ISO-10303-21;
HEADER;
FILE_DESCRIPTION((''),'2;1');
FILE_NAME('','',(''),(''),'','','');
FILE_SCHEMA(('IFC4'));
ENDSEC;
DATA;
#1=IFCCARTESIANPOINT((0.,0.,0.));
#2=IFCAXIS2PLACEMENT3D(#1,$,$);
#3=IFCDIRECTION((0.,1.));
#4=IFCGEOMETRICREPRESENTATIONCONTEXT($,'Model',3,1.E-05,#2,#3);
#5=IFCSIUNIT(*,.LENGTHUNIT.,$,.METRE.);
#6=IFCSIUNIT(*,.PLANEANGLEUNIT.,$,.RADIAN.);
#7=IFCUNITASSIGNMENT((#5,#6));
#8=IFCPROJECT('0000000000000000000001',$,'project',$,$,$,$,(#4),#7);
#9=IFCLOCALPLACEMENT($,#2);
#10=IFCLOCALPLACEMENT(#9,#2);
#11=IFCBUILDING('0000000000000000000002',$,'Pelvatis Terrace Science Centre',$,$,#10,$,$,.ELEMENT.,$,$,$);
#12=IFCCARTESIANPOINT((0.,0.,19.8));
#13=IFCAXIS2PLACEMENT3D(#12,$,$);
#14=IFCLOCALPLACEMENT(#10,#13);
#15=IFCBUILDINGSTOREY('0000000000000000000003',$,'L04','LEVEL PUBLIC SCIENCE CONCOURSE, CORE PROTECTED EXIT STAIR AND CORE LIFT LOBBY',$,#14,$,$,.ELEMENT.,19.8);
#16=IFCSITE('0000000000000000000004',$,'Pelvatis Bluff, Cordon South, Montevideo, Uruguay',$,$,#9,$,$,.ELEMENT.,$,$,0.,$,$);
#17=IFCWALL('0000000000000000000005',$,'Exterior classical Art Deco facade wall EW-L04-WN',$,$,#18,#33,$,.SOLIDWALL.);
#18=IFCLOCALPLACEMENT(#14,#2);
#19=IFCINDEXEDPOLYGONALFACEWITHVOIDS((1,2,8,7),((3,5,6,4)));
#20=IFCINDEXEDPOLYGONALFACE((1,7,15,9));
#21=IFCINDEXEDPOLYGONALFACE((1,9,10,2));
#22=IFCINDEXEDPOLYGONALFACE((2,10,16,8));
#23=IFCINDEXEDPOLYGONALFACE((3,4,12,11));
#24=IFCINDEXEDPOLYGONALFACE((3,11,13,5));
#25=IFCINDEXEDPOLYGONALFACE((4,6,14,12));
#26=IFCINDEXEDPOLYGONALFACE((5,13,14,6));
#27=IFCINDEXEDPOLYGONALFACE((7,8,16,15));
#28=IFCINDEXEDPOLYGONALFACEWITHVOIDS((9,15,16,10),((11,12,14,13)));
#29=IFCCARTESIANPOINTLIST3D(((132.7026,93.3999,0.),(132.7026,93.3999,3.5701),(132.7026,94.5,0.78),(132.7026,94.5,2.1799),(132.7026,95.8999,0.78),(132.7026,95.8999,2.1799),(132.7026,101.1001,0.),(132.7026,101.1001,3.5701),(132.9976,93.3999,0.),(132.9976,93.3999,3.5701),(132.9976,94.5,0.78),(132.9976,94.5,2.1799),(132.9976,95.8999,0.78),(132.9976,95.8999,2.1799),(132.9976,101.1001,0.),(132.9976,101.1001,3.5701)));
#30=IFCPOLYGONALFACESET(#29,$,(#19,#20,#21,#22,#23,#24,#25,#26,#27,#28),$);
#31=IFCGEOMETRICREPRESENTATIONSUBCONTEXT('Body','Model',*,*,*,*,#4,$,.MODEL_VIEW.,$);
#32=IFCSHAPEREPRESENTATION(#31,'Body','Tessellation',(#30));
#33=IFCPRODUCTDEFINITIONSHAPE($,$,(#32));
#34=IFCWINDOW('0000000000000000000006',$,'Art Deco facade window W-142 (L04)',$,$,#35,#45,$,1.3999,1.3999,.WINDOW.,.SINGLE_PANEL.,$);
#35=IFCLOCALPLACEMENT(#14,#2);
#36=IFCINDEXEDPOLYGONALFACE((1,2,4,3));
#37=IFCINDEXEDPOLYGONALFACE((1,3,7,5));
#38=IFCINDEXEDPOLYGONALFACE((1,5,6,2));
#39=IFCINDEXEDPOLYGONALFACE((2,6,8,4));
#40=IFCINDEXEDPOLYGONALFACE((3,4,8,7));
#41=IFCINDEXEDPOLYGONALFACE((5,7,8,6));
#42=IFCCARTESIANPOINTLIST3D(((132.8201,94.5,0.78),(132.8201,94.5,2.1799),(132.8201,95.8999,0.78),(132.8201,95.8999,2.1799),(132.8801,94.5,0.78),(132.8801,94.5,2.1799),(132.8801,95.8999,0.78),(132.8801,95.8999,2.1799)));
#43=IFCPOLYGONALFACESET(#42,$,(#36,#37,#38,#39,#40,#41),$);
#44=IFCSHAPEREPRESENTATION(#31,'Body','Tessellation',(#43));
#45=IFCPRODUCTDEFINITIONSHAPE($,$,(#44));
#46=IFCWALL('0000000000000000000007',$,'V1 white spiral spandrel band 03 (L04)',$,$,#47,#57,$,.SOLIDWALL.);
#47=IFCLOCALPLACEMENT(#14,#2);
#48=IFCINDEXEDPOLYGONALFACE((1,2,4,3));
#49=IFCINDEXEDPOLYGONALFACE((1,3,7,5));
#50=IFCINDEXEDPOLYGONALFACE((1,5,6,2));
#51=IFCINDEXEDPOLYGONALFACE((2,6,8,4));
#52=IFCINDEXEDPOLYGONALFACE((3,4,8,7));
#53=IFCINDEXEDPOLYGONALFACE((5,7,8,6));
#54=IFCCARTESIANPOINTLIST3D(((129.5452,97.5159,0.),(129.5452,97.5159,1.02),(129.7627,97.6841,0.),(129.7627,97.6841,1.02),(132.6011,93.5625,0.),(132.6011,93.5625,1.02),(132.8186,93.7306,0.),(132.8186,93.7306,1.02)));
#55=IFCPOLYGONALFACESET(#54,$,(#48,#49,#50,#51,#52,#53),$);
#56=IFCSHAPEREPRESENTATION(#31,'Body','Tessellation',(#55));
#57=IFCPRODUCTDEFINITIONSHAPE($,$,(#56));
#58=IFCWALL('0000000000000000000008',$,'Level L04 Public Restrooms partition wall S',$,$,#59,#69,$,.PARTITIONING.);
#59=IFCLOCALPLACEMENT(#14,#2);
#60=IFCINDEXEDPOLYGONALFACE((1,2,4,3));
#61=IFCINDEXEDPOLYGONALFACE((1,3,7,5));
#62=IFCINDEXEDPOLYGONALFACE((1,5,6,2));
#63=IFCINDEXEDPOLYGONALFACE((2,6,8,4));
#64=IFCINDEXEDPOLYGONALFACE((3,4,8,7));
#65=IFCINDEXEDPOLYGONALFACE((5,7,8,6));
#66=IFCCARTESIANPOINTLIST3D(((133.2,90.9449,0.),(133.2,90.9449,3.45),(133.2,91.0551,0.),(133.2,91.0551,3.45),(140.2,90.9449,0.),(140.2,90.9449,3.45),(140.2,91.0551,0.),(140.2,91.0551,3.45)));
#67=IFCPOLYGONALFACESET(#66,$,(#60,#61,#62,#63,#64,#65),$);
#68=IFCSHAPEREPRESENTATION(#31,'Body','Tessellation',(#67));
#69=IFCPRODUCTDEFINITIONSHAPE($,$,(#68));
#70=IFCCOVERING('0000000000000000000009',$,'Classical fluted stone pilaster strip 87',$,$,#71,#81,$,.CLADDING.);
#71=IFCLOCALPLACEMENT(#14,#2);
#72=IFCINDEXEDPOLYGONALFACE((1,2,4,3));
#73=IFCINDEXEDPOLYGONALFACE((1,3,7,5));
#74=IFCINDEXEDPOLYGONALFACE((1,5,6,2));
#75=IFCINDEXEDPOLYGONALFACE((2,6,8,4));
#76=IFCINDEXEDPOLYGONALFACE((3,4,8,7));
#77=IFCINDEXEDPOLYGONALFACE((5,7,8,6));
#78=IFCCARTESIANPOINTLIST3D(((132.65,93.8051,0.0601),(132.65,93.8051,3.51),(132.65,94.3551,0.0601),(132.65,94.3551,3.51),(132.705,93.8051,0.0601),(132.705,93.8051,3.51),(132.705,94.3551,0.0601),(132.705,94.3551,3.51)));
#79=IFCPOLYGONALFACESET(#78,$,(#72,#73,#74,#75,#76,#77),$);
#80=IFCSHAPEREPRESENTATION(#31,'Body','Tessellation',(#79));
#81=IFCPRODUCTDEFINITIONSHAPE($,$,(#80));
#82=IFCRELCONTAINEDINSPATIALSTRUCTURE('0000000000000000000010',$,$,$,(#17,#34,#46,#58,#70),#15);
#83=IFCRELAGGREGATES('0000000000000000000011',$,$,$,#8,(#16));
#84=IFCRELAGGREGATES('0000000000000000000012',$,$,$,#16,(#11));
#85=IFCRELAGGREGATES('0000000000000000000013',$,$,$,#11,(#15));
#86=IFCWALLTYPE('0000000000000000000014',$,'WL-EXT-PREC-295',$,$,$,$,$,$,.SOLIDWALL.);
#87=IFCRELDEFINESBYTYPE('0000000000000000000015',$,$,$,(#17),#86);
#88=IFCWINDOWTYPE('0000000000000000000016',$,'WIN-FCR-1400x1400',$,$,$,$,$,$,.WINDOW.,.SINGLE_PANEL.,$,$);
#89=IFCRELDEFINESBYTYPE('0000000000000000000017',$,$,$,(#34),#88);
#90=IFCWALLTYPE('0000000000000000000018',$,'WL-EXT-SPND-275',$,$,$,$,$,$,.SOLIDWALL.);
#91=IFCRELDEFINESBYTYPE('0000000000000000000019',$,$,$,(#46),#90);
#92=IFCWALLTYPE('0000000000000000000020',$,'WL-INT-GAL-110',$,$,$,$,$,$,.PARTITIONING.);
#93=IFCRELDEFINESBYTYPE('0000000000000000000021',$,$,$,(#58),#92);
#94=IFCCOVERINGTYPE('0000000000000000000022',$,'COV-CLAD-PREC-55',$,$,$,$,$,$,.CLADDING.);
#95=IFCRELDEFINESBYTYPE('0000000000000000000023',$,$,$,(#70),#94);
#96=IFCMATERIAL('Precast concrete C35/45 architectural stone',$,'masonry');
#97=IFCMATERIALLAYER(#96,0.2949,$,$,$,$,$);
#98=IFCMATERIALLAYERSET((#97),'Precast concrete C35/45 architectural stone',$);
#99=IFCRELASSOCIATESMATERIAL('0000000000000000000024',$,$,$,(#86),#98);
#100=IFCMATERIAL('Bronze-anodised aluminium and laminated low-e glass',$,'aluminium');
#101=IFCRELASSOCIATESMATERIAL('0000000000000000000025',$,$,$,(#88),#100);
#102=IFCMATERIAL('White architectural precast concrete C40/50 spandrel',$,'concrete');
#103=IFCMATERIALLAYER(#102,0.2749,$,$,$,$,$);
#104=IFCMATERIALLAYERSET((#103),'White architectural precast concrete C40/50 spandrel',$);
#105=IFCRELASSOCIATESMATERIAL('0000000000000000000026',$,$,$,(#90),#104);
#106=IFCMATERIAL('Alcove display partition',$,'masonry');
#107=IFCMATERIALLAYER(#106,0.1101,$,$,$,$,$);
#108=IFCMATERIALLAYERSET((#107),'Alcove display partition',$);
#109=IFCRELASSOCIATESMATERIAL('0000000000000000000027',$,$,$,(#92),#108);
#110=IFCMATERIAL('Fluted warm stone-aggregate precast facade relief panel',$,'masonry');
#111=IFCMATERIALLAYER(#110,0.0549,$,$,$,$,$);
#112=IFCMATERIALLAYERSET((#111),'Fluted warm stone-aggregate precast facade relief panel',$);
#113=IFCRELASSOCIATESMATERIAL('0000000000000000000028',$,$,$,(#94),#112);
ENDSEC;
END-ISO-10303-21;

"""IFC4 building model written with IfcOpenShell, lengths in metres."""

from ifc_helpers import new_model, si_unit, direction, frame, frame_2d, origin, origin_2d, place, context, subcontext, project, spatial, rectangle, extrude, material, layer, layer_set, type_object, element, fill, save


model = new_model("IFC4")

# Units and contexts
model_context = context("Model", 3, precision=1e-05, world=origin(), true_north=direction((0.0, 1.0)))
body_context = subcontext(model_context, "Body", "Model", "MODEL_VIEW")
ifc_project = project(units=[si_unit("LENGTHUNIT", "METRE"), si_unit("PLANEANGLEUNIT", "RADIAN")], contexts=[model_context])

# Site, building, storey
site_placement = place(None, origin())
site = spatial("IfcSite", under=ifc_project, at=site_placement, Name="Pelvatis Bluff, Cordon South, Montevideo, Uruguay", CompositionType="ELEMENT", RefElevation=0.0)
building_placement = place(site_placement, origin())
building = spatial("IfcBuilding", under=site, at=building_placement, Name="Pelvatis Terrace Science Centre", CompositionType="ELEMENT")
storey_placement = place(building_placement, frame((0.0, 0.0, 19.8)))
storey = spatial("IfcBuildingStorey", under=building, at=storey_placement, Name="L04", Description="LEVEL PUBLIC SCIENCE CONCOURSE, CORE PROTECTED EXIT STAIR AND CORE LIFT LOBBY", CompositionType="ELEMENT", Elevation=19.8)

# Wall, opening, window
ifc_material_1 = material(Name="Precast concrete C35/45 architectural stone", Category="masonry")
ifc_layer_1 = layer(ifc_material_1, 0.2949)
ifc_layer_set_1 = layer_set([ifc_layer_1], Name="Precast concrete C35/45 architectural stone")
wall_type_1 = type_object("IfcWallType", Name="WL-EXT-PREC-295", PredefinedType="SOLIDWALL", material=ifc_layer_set_1)
wall_1_placement = place(storey_placement, frame((132.8501, 93.3999, 0.0), z_axis=(0.0, 0.0, 1.0), x_axis=(0.0, 1.0, 0.0)))
wall_1 = element("IfcWall", 1, at=wall_1_placement, inside=storey, type_object=wall_type_1, Name="Exterior classical Art Deco facade wall EW-L04-WN", PredefinedType="SOLIDWALL", context=body_context, shape_type="SweptSolid", body=[
    extrude(rectangle(XDim=7.7002, YDim=0.2949, at=frame_2d((3.8501, 0.0))), origin(), (0.0, 0.0, 1.0), 3.5701),
])
opening_placement = place(wall_1_placement, frame((1.1001, 0.0, 0.78)))
opening = element("IfcOpeningElement", 2, at=opening_placement, cuts=wall_1, PredefinedType="OPENING", context=body_context, shape_type="SweptSolid", body=[
    extrude(rectangle(XDim=1.3999, YDim=1.3999, at=frame_2d((0.7, 0.7))), frame((0.0, 0.1575, 0.0), z_axis=(0.0, -1.0, 0.0), x_axis=(1.0, 0.0, 0.0)), (0.0, 0.0, 1.0), 0.3149),
])
ifc_material_2 = material(Name="Bronze-anodised aluminium and laminated low-e glass", Category="aluminium")
window_type = type_object("IfcWindowType", Name="WIN-FCR-1400x1400", PartitioningType="SINGLE_PANEL", PredefinedType="WINDOW", material=ifc_material_2)
window_placement = place(opening_placement, origin())
window = element("IfcWindow", 3, at=window_placement, inside=storey, type_object=window_type, Name="Art Deco facade window W-142 (L04)", OverallHeight=1.3999, OverallWidth=1.3999, PartitioningType="SINGLE_PANEL", PredefinedType="WINDOW", context=body_context, shape_type="SweptSolid", body=[
    extrude(rectangle(XDim=1.3999, YDim=1.3999, at=frame_2d((0.7, 0.7))), frame((0.0, 0.03, 0.0), z_axis=(0.0, -1.0, 0.0), x_axis=(1.0, 0.0, 0.0)), (0.0, 0.0, 1.0), 0.0601),
])
fill(opening, window)

# Walls
ifc_material_3 = material(Name="White architectural precast concrete C40/50 spandrel", Category="concrete")
ifc_layer_2 = layer(ifc_material_3, 0.2749)
ifc_layer_set_2 = layer_set([ifc_layer_2], Name="White architectural precast concrete C40/50 spandrel")
wall_type_2 = type_object("IfcWallType", Name="WL-EXT-SPND-275", PredefinedType="SOLIDWALL", material=ifc_layer_set_2)
wall_2_placement = place(storey_placement, frame((132.71, 93.6465, 0.0), z_axis=(0.0, 0.0, 1.0), x_axis=(-0.611577, 0.791185, 0.0)))
element("IfcWall", 4, at=wall_2_placement, inside=storey, type_object=wall_type_2, Name="V1 white spiral spandrel band 03 (L04)", PredefinedType="SOLIDWALL", context=body_context, shape_type="SweptSolid", body=[
    extrude(rectangle(XDim=4.9968, YDim=0.2749, at=frame_2d((2.4985, 0.0))), origin(), (0.0, 0.0, 1.0), 1.02),
])
ifc_material_4 = material(Name="Alcove display partition", Category="masonry")
ifc_layer_3 = layer(ifc_material_4, 0.1101)
ifc_layer_set_3 = layer_set([ifc_layer_3], Name="Alcove display partition")
wall_type_3 = type_object("IfcWallType", Name="WL-INT-GAL-110", PredefinedType="PARTITIONING", material=ifc_layer_set_3)
wall_3_placement = place(storey_placement, frame((133.2, 91.0, 0.0), z_axis=(0.0, 0.0, 1.0), x_axis=(1.0, 0.0, 0.0)))
element("IfcWall", 5, at=wall_3_placement, inside=storey, type_object=wall_type_3, Name="Level L04 Public Restrooms partition wall S", PredefinedType="PARTITIONING", context=body_context, shape_type="SweptSolid", body=[
    extrude(rectangle(XDim=7.0, YDim=0.1101, at=frame_2d((3.5, 0.0))), origin(), (0.0, 0.0, 1.0), 3.45),
])

# Covering
ifc_material_5 = material(Name="Fluted warm stone-aggregate precast facade relief panel", Category="masonry")
ifc_layer_4 = layer(ifc_material_5, 0.0549)
ifc_layer_set_4 = layer_set([ifc_layer_4], Name="Fluted warm stone-aggregate precast facade relief panel")
covering_type = type_object("IfcCoveringType", Name="COV-CLAD-PREC-55", PredefinedType="CLADDING", material=ifc_layer_set_4)
covering_placement = place(storey_placement, frame((132.6775, 94.0801, 0.0601), z_axis=(0.0, 0.0, 1.0), x_axis=(1.0, 0.0, 0.0)))
element("IfcCovering", 6, at=covering_placement, inside=storey, type_object=covering_type, Name="Classical fluted stone pilaster strip 87", PredefinedType="CLADDING", context=body_context, shape_type="SweptSolid", body=[
    extrude(rectangle(XDim=0.0549, YDim=0.55, at=origin_2d()), origin(), (0.0, 0.0, 1.0), 3.45),
])

save(model, "model.ifc")
